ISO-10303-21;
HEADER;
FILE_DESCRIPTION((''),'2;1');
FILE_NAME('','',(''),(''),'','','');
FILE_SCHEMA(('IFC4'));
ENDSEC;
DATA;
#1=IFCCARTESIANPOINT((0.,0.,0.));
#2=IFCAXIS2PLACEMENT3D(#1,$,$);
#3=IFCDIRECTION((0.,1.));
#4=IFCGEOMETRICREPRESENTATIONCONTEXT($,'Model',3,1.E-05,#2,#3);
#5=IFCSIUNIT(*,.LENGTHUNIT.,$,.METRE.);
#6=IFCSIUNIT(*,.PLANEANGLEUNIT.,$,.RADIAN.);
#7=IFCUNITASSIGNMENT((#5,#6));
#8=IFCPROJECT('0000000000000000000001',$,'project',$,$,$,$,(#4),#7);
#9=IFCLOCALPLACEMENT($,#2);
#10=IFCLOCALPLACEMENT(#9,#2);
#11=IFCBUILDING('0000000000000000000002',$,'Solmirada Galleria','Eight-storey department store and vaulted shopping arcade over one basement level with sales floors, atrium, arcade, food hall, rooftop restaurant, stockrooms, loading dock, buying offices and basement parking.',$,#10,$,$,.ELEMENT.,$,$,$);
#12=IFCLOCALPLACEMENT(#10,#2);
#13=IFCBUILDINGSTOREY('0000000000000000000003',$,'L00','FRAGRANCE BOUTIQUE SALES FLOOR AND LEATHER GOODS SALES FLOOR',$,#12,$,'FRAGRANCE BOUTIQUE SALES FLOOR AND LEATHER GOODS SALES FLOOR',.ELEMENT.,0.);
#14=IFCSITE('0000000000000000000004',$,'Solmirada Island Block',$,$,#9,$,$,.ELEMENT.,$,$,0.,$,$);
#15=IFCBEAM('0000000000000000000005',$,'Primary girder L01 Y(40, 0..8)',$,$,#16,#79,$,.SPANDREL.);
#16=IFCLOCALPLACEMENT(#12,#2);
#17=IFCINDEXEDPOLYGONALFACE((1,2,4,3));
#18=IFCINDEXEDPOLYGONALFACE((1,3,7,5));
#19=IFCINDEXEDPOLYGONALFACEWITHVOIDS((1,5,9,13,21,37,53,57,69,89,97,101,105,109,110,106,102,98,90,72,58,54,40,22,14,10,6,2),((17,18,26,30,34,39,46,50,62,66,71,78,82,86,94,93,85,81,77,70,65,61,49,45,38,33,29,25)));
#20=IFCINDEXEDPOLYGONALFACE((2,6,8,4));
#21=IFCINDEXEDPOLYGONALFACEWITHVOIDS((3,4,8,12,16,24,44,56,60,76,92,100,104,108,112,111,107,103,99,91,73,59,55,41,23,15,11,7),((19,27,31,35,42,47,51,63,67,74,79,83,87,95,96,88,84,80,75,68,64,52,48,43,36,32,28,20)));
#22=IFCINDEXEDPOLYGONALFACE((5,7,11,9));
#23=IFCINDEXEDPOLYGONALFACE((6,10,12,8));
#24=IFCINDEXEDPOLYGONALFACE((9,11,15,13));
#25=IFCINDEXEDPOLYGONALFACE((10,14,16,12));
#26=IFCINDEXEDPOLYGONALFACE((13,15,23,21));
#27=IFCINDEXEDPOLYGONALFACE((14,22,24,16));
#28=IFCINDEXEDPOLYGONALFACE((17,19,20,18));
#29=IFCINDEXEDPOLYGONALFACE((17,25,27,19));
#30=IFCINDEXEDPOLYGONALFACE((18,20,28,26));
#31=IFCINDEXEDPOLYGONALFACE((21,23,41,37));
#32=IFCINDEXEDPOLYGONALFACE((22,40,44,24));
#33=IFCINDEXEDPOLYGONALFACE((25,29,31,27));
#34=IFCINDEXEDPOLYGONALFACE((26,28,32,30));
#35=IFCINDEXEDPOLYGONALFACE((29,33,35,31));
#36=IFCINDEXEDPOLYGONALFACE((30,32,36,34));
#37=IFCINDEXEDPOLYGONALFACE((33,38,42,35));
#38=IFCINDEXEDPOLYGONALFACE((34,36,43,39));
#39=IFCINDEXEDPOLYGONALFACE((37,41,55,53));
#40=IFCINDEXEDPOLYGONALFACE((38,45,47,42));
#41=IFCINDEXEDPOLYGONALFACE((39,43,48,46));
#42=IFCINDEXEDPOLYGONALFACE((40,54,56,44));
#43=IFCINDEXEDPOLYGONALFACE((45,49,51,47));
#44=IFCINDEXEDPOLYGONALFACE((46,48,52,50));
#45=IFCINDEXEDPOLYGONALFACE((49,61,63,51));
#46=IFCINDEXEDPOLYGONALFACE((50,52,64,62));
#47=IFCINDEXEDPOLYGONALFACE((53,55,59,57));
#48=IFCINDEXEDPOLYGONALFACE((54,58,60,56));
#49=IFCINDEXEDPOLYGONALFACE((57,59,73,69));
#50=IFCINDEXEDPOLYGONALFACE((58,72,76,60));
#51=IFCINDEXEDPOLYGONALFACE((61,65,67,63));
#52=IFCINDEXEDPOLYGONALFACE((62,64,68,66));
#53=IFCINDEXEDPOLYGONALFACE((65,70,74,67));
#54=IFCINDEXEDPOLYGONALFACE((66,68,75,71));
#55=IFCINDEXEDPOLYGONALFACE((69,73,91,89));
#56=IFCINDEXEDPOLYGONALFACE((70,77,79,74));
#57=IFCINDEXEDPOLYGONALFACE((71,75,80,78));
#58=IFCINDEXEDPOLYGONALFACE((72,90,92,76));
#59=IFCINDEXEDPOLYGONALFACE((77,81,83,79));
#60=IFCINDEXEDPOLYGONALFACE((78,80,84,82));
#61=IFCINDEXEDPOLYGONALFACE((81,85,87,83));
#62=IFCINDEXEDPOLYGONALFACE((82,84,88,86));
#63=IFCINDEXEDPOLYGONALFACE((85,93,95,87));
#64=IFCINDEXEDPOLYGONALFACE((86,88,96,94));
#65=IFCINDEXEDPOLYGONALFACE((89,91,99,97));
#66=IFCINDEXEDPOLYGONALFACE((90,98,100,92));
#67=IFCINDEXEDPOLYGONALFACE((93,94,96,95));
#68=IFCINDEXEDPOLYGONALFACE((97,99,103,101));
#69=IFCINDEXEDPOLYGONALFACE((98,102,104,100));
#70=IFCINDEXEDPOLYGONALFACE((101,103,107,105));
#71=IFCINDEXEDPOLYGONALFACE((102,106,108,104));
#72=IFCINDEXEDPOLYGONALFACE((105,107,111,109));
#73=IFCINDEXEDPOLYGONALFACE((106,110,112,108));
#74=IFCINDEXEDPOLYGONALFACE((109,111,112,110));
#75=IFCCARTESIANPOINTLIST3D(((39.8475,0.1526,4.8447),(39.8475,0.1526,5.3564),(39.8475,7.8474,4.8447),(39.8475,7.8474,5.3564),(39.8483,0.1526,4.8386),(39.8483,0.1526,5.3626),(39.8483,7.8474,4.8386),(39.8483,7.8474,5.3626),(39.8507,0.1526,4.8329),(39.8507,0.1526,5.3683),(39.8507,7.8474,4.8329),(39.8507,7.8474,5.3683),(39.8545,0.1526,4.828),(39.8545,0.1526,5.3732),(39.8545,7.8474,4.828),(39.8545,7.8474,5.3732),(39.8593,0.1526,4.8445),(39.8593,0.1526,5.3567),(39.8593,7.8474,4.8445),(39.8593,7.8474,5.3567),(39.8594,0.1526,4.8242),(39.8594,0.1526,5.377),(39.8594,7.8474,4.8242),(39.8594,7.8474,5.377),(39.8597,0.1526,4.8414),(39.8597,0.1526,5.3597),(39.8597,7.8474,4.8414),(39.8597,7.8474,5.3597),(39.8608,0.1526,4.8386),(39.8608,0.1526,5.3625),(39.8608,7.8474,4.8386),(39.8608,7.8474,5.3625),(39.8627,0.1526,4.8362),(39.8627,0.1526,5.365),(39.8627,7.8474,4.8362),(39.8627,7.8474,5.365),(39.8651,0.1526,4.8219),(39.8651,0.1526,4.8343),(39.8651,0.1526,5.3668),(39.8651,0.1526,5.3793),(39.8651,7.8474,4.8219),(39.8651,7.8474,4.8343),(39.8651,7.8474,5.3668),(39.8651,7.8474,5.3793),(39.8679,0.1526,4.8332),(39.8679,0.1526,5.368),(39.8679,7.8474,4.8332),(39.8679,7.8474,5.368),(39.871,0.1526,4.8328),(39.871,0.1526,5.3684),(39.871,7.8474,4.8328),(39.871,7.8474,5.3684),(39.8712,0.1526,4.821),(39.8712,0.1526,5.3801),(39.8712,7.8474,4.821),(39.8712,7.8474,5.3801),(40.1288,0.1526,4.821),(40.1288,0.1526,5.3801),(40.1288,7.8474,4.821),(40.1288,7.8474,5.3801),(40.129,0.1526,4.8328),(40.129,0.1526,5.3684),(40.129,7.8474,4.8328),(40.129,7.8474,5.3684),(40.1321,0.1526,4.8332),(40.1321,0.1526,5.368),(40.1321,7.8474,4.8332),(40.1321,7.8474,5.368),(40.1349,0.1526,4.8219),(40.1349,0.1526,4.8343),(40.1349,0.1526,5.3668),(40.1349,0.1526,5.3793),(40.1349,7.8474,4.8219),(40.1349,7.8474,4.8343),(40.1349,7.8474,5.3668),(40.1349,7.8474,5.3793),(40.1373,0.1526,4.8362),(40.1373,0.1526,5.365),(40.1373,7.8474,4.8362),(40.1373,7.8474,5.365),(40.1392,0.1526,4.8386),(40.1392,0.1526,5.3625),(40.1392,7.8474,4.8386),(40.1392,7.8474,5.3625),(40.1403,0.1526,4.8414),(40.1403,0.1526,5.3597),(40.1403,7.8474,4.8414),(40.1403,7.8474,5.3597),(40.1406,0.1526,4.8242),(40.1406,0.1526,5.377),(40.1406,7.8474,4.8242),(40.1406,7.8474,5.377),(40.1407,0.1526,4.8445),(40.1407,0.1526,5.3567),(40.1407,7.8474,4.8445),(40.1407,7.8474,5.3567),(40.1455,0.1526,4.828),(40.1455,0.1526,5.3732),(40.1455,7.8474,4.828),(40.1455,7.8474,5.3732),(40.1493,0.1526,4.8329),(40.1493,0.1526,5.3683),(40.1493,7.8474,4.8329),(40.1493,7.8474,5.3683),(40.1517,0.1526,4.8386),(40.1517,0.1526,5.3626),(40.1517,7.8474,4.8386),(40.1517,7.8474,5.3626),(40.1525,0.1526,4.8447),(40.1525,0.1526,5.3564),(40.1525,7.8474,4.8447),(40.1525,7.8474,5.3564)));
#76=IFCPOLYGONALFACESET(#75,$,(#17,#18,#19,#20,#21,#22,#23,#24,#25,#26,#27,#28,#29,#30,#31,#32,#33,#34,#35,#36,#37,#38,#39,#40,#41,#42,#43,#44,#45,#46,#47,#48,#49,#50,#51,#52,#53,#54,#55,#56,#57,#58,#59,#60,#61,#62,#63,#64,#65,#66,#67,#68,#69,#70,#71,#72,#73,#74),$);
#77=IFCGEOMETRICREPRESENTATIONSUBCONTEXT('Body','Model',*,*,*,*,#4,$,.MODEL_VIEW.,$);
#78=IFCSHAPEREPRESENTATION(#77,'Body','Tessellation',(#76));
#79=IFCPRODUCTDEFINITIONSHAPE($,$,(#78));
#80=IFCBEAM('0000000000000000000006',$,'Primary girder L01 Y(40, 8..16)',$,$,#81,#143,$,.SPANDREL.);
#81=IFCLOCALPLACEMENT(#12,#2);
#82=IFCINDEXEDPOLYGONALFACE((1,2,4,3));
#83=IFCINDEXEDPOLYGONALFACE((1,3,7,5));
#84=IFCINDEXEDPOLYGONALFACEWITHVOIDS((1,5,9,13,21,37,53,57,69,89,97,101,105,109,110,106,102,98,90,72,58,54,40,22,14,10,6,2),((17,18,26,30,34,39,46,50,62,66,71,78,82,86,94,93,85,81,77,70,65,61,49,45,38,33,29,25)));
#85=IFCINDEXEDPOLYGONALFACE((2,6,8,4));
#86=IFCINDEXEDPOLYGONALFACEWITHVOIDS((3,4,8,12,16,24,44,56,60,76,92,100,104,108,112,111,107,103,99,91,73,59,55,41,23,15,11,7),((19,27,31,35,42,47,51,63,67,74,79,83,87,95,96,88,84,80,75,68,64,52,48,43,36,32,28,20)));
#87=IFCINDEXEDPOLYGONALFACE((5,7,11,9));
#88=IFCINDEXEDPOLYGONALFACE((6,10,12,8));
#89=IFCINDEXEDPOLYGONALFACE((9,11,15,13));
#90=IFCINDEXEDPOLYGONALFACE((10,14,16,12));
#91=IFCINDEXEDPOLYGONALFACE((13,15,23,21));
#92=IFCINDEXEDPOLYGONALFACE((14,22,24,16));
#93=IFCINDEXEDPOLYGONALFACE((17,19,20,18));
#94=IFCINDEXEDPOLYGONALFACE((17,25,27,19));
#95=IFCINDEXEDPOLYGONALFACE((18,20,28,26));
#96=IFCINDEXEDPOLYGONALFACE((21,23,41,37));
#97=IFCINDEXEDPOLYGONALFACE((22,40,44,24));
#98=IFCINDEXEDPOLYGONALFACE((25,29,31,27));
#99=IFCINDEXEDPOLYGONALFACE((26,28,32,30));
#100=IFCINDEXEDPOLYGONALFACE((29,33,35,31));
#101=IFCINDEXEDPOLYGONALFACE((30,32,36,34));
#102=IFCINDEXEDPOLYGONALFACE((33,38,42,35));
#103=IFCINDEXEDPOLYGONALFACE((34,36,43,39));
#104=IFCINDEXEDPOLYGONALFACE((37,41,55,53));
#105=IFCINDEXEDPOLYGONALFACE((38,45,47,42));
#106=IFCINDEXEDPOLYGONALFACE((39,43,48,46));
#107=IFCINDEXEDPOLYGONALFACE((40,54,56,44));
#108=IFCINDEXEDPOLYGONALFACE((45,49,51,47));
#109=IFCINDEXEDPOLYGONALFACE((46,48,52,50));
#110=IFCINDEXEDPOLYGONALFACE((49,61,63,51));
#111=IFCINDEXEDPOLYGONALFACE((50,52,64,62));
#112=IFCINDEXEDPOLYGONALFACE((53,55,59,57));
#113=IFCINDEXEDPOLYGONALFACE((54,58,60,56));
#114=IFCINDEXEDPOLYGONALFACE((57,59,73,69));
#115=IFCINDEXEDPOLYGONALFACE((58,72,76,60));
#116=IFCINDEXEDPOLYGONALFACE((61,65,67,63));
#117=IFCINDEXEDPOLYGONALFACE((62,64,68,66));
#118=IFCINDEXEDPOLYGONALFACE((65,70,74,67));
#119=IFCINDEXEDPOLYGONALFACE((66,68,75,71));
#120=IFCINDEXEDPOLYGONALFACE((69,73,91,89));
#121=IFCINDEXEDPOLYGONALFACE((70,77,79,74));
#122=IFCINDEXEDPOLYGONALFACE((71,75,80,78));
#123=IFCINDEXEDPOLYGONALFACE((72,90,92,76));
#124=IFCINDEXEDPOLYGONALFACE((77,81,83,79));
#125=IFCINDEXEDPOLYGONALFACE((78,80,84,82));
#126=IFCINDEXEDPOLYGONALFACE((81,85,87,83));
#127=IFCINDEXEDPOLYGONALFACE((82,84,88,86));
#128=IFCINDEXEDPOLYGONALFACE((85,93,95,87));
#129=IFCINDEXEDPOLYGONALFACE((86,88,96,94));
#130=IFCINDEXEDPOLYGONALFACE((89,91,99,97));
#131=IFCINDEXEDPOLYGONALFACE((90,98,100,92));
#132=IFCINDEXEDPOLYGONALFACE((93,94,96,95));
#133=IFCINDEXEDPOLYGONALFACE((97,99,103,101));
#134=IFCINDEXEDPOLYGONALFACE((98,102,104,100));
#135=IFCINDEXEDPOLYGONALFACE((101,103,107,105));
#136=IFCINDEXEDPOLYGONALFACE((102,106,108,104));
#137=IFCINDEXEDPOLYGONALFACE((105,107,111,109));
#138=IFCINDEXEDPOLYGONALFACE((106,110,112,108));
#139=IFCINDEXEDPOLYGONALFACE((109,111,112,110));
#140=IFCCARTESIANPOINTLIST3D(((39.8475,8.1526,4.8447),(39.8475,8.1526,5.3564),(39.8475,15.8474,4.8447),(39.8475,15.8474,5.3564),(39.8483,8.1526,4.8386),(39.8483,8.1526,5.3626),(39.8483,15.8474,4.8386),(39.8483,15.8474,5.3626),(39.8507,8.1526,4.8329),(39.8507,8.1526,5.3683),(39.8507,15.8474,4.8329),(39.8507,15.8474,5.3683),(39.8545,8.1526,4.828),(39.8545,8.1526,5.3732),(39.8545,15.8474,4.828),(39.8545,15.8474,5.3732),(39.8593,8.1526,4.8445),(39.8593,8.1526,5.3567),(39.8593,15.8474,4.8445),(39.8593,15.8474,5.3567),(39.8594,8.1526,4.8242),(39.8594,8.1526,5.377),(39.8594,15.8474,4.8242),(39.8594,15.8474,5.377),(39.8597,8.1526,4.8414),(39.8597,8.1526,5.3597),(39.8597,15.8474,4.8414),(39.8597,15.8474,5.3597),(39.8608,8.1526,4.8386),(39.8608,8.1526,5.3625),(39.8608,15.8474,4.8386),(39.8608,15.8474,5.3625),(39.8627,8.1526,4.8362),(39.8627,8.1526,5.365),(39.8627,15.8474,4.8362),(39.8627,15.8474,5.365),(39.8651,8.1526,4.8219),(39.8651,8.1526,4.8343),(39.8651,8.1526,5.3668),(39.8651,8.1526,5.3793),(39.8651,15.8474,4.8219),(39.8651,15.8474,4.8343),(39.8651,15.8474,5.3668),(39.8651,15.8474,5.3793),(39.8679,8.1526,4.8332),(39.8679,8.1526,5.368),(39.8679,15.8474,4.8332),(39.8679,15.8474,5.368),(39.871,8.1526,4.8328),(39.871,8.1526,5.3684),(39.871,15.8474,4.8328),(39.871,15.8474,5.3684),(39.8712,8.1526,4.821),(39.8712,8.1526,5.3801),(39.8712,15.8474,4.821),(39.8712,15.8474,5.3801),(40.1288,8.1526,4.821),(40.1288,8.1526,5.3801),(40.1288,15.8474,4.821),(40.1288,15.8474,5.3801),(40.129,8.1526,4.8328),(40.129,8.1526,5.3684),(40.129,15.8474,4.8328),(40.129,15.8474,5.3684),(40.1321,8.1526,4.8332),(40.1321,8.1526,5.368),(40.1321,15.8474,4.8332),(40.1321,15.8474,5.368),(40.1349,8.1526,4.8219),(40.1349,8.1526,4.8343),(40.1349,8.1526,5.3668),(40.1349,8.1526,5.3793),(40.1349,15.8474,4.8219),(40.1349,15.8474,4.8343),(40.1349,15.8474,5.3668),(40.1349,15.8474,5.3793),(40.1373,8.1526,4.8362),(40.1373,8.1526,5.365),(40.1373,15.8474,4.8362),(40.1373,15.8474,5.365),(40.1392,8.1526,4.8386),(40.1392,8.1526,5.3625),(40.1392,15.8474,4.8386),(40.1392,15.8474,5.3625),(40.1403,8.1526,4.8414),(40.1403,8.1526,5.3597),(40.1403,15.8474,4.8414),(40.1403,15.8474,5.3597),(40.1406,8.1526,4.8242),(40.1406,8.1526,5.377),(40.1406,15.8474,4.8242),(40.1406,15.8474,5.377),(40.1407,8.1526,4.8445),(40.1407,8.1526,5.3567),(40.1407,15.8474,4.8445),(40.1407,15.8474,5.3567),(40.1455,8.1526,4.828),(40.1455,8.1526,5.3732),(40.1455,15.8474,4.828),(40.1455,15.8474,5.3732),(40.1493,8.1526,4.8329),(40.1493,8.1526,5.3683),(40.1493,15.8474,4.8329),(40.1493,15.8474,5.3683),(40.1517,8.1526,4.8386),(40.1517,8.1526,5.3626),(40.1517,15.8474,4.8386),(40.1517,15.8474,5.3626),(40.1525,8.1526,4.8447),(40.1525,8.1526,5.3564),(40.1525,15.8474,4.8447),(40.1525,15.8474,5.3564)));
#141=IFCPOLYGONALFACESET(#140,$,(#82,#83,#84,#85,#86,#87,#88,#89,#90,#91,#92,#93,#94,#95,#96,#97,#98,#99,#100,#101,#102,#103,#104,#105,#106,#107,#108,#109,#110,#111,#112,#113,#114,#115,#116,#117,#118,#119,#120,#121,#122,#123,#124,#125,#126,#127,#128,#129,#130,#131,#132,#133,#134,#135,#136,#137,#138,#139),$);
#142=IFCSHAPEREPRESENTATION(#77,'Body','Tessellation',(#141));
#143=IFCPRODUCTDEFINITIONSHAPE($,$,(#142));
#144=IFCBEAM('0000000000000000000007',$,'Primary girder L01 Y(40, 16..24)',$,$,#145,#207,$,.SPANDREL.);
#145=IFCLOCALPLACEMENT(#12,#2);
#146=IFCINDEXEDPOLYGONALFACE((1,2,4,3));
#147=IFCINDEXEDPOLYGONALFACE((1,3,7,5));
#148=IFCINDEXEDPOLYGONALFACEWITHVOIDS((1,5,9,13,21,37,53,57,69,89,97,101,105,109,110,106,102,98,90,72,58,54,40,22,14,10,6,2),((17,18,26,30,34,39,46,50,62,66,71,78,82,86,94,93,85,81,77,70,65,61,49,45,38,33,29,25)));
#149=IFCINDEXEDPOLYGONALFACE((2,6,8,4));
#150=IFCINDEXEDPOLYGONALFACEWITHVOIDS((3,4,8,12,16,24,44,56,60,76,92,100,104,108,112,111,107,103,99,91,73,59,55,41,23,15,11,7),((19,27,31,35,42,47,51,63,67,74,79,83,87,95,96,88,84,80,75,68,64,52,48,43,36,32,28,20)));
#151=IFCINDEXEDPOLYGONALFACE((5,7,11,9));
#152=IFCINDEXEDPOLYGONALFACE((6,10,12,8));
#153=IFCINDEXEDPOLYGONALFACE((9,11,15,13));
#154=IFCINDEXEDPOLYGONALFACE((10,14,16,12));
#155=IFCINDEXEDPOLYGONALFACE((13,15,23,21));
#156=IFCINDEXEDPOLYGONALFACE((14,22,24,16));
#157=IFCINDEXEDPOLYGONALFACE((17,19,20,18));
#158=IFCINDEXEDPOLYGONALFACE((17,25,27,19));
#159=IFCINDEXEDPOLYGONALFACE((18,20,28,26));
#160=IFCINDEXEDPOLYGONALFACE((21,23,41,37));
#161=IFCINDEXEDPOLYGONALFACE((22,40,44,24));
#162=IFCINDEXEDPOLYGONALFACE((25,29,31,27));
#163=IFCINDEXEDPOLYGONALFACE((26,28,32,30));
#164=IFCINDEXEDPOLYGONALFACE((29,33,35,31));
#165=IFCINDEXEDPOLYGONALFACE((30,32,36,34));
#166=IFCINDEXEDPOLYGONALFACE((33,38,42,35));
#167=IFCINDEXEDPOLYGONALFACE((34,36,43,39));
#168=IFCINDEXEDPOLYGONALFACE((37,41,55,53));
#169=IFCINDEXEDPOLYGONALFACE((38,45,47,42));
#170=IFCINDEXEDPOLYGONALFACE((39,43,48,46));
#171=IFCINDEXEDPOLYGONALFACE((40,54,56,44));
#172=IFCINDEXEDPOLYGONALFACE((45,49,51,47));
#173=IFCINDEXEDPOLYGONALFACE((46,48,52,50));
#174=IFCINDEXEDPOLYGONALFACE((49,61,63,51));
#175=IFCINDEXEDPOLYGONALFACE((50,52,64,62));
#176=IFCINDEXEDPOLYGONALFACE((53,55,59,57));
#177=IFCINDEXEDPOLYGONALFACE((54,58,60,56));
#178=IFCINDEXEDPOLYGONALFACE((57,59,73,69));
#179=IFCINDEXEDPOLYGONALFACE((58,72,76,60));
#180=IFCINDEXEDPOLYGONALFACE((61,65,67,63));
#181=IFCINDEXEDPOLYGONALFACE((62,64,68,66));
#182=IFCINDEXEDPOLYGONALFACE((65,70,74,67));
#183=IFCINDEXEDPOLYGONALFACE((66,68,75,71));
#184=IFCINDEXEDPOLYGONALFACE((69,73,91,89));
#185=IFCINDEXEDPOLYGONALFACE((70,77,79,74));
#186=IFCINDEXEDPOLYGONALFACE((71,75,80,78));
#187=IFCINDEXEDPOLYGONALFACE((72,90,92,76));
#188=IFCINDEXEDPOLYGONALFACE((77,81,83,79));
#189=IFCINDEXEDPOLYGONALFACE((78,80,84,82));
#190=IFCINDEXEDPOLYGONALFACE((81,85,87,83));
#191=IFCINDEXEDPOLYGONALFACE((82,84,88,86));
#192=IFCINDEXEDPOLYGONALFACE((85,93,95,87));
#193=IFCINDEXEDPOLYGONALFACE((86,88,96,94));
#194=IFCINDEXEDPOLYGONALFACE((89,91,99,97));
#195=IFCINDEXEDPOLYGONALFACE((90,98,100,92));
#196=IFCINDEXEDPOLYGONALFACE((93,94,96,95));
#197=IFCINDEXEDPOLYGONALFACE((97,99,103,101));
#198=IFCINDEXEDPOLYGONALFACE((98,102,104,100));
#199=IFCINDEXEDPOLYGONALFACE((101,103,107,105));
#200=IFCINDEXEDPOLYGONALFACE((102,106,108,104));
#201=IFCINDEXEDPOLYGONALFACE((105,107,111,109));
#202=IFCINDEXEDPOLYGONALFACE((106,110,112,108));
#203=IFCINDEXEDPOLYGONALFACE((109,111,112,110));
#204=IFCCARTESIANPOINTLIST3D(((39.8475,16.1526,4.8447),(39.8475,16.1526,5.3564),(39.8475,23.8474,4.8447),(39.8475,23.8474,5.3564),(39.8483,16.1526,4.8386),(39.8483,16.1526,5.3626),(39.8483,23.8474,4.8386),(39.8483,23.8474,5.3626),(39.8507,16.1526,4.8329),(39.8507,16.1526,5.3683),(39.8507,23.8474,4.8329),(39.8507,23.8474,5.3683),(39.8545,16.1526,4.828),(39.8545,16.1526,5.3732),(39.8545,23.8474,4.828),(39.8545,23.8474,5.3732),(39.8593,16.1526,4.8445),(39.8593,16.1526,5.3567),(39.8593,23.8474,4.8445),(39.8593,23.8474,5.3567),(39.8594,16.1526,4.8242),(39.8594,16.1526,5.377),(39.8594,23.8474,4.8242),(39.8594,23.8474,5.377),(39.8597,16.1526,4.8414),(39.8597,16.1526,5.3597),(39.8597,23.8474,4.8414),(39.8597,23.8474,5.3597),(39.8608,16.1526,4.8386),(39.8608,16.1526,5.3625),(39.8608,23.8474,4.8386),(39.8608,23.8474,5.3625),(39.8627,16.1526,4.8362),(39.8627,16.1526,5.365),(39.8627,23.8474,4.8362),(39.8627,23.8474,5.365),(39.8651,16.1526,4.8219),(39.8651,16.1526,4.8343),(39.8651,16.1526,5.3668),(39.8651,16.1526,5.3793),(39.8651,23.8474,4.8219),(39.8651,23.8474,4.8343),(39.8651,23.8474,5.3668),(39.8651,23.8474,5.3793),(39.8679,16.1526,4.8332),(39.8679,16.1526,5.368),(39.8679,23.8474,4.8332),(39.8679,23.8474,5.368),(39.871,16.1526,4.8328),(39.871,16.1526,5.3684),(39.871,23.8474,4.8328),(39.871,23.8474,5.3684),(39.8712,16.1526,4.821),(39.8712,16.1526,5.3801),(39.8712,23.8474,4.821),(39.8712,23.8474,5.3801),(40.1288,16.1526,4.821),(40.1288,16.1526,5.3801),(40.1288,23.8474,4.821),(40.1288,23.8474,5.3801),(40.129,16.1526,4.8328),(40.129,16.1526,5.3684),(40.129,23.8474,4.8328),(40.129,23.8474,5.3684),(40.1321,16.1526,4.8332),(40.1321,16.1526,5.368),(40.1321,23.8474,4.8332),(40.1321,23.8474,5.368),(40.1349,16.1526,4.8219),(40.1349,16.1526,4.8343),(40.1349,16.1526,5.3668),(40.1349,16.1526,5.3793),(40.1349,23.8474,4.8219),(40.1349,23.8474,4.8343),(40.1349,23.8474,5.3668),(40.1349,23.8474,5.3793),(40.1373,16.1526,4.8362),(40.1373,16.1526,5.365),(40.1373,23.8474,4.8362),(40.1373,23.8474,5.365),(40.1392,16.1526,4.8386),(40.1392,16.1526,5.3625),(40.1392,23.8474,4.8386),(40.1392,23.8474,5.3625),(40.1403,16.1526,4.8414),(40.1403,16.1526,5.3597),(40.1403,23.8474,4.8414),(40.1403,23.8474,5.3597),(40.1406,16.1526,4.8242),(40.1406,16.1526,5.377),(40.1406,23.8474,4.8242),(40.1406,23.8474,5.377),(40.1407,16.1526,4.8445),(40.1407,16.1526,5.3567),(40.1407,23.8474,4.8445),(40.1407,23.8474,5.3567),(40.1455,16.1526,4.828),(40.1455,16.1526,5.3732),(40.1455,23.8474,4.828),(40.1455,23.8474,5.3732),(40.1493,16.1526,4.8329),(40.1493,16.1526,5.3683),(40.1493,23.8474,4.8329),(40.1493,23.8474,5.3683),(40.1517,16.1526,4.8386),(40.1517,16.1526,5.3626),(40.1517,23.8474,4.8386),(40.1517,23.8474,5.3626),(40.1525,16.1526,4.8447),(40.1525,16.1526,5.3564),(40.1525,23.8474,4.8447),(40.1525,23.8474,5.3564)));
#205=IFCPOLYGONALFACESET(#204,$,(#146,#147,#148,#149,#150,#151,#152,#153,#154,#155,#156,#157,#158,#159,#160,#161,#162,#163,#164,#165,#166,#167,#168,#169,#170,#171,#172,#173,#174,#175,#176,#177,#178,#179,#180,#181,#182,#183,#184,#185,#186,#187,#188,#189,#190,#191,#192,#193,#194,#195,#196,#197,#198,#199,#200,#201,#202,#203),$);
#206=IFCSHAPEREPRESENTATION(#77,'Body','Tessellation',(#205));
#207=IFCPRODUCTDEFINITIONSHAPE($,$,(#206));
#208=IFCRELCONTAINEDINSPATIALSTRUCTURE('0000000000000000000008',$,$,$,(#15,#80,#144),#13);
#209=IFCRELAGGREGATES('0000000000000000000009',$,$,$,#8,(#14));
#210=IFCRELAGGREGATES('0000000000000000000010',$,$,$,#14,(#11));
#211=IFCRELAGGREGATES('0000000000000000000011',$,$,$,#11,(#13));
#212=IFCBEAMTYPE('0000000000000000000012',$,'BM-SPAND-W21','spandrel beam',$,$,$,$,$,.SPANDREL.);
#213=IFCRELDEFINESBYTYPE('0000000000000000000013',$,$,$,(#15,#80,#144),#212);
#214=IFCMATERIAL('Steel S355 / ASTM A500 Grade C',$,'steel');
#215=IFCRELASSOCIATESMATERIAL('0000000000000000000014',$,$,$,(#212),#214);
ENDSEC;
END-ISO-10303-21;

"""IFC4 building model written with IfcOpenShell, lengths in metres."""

from ifc_helpers import new_model, si_unit, direction, frame, origin, origin_2d, place, context, subcontext, project, spatial, hollow_rectangle, extrude, material, material_profile, profile_set, type_object, element, save


model = new_model("IFC4")

# Units and contexts
model_context = context("Model", 3, precision=1e-05, world=origin(), true_north=direction((0.0, 1.0)))
body_context = subcontext(model_context, "Body", "Model", "MODEL_VIEW")
ifc_project = project(units=[si_unit("LENGTHUNIT", "METRE"), si_unit("PLANEANGLEUNIT", "RADIAN")], contexts=[model_context])

# Site, building, storey
site_placement = place(None, origin())
site = spatial("IfcSite", under=ifc_project, at=site_placement, Name="Solmirada Island Block", CompositionType="ELEMENT", RefElevation=0.0)
building_placement = place(site_placement, origin())
building = spatial("IfcBuilding", under=site, at=building_placement, Name="Solmirada Galleria", Description="Eight-storey department store and vaulted shopping arcade over one basement level with sales floors, atrium, arcade, food hall, rooftop restaurant, stockrooms, loading dock, buying offices and basement parking.", CompositionType="ELEMENT")
storey_placement = place(building_placement, origin())
storey = spatial("IfcBuildingStorey", under=building, at=storey_placement, Name="L00", Description="FRAGRANCE BOUTIQUE SALES FLOOR AND LEATHER GOODS SALES FLOOR", LongName="FRAGRANCE BOUTIQUE SALES FLOOR AND LEATHER GOODS SALES FLOOR", CompositionType="ELEMENT", Elevation=0.0)

# Shared definitions
ifc_material_1 = material(Name="Steel S355 / ASTM A500 Grade C", Category="steel")

# Beams
ifc_material_profile_1 = material_profile(ifc_material_1, hollow_rectangle(XDim=0.3049, YDim=0.5591, WallThickness=0.0117, InnerFilletRadius=0.0117, OuterFilletRadius=0.0237, at=origin_2d()), Name="HSS22X12X1/2")
ifc_profile_set_1 = profile_set([ifc_material_profile_1], Name="Steel S355 / ASTM A500 Grade C")
beam_type = type_object("IfcBeamType", Name="BM-SPAND-W21", Description="spandrel beam", PredefinedType="SPANDREL", material=ifc_profile_set_1)
for number, where, z_axis, x_axis, name in (
    (1, (40.0, 0.1526, 5.1006), (0.0, 1.0, 0.0), (-1.0, 0.0, 0.0), "Primary girder L01 Y(40, 0..8)"),
    (2, (40.0, 8.1526, 5.1006), (0.0, 1.0, 0.0), (-1.0, 0.0, 0.0), "Primary girder L01 Y(40, 8..16)"),
    (3, (40.0, 16.1526, 5.1006), (0.0, 1.0, 0.0), (-1.0, 0.0, 0.0), "Primary girder L01 Y(40, 16..24)"),
):
    element("IfcBeam", number, at=place(storey_placement, frame(where, z_axis=z_axis, x_axis=x_axis)), inside=storey, type_object=beam_type, Name=name, PredefinedType="SPANDREL", context=body_context, shape_type="SweptSolid", body=[
        extrude(hollow_rectangle(XDim=0.3049, YDim=0.5591, WallThickness=0.0117, InnerFilletRadius=0.0117, OuterFilletRadius=0.0237, at=origin_2d()), origin(), (0.0, 0.0, 1.0), 7.6948),
    ])

save(model, "model.ifc")
